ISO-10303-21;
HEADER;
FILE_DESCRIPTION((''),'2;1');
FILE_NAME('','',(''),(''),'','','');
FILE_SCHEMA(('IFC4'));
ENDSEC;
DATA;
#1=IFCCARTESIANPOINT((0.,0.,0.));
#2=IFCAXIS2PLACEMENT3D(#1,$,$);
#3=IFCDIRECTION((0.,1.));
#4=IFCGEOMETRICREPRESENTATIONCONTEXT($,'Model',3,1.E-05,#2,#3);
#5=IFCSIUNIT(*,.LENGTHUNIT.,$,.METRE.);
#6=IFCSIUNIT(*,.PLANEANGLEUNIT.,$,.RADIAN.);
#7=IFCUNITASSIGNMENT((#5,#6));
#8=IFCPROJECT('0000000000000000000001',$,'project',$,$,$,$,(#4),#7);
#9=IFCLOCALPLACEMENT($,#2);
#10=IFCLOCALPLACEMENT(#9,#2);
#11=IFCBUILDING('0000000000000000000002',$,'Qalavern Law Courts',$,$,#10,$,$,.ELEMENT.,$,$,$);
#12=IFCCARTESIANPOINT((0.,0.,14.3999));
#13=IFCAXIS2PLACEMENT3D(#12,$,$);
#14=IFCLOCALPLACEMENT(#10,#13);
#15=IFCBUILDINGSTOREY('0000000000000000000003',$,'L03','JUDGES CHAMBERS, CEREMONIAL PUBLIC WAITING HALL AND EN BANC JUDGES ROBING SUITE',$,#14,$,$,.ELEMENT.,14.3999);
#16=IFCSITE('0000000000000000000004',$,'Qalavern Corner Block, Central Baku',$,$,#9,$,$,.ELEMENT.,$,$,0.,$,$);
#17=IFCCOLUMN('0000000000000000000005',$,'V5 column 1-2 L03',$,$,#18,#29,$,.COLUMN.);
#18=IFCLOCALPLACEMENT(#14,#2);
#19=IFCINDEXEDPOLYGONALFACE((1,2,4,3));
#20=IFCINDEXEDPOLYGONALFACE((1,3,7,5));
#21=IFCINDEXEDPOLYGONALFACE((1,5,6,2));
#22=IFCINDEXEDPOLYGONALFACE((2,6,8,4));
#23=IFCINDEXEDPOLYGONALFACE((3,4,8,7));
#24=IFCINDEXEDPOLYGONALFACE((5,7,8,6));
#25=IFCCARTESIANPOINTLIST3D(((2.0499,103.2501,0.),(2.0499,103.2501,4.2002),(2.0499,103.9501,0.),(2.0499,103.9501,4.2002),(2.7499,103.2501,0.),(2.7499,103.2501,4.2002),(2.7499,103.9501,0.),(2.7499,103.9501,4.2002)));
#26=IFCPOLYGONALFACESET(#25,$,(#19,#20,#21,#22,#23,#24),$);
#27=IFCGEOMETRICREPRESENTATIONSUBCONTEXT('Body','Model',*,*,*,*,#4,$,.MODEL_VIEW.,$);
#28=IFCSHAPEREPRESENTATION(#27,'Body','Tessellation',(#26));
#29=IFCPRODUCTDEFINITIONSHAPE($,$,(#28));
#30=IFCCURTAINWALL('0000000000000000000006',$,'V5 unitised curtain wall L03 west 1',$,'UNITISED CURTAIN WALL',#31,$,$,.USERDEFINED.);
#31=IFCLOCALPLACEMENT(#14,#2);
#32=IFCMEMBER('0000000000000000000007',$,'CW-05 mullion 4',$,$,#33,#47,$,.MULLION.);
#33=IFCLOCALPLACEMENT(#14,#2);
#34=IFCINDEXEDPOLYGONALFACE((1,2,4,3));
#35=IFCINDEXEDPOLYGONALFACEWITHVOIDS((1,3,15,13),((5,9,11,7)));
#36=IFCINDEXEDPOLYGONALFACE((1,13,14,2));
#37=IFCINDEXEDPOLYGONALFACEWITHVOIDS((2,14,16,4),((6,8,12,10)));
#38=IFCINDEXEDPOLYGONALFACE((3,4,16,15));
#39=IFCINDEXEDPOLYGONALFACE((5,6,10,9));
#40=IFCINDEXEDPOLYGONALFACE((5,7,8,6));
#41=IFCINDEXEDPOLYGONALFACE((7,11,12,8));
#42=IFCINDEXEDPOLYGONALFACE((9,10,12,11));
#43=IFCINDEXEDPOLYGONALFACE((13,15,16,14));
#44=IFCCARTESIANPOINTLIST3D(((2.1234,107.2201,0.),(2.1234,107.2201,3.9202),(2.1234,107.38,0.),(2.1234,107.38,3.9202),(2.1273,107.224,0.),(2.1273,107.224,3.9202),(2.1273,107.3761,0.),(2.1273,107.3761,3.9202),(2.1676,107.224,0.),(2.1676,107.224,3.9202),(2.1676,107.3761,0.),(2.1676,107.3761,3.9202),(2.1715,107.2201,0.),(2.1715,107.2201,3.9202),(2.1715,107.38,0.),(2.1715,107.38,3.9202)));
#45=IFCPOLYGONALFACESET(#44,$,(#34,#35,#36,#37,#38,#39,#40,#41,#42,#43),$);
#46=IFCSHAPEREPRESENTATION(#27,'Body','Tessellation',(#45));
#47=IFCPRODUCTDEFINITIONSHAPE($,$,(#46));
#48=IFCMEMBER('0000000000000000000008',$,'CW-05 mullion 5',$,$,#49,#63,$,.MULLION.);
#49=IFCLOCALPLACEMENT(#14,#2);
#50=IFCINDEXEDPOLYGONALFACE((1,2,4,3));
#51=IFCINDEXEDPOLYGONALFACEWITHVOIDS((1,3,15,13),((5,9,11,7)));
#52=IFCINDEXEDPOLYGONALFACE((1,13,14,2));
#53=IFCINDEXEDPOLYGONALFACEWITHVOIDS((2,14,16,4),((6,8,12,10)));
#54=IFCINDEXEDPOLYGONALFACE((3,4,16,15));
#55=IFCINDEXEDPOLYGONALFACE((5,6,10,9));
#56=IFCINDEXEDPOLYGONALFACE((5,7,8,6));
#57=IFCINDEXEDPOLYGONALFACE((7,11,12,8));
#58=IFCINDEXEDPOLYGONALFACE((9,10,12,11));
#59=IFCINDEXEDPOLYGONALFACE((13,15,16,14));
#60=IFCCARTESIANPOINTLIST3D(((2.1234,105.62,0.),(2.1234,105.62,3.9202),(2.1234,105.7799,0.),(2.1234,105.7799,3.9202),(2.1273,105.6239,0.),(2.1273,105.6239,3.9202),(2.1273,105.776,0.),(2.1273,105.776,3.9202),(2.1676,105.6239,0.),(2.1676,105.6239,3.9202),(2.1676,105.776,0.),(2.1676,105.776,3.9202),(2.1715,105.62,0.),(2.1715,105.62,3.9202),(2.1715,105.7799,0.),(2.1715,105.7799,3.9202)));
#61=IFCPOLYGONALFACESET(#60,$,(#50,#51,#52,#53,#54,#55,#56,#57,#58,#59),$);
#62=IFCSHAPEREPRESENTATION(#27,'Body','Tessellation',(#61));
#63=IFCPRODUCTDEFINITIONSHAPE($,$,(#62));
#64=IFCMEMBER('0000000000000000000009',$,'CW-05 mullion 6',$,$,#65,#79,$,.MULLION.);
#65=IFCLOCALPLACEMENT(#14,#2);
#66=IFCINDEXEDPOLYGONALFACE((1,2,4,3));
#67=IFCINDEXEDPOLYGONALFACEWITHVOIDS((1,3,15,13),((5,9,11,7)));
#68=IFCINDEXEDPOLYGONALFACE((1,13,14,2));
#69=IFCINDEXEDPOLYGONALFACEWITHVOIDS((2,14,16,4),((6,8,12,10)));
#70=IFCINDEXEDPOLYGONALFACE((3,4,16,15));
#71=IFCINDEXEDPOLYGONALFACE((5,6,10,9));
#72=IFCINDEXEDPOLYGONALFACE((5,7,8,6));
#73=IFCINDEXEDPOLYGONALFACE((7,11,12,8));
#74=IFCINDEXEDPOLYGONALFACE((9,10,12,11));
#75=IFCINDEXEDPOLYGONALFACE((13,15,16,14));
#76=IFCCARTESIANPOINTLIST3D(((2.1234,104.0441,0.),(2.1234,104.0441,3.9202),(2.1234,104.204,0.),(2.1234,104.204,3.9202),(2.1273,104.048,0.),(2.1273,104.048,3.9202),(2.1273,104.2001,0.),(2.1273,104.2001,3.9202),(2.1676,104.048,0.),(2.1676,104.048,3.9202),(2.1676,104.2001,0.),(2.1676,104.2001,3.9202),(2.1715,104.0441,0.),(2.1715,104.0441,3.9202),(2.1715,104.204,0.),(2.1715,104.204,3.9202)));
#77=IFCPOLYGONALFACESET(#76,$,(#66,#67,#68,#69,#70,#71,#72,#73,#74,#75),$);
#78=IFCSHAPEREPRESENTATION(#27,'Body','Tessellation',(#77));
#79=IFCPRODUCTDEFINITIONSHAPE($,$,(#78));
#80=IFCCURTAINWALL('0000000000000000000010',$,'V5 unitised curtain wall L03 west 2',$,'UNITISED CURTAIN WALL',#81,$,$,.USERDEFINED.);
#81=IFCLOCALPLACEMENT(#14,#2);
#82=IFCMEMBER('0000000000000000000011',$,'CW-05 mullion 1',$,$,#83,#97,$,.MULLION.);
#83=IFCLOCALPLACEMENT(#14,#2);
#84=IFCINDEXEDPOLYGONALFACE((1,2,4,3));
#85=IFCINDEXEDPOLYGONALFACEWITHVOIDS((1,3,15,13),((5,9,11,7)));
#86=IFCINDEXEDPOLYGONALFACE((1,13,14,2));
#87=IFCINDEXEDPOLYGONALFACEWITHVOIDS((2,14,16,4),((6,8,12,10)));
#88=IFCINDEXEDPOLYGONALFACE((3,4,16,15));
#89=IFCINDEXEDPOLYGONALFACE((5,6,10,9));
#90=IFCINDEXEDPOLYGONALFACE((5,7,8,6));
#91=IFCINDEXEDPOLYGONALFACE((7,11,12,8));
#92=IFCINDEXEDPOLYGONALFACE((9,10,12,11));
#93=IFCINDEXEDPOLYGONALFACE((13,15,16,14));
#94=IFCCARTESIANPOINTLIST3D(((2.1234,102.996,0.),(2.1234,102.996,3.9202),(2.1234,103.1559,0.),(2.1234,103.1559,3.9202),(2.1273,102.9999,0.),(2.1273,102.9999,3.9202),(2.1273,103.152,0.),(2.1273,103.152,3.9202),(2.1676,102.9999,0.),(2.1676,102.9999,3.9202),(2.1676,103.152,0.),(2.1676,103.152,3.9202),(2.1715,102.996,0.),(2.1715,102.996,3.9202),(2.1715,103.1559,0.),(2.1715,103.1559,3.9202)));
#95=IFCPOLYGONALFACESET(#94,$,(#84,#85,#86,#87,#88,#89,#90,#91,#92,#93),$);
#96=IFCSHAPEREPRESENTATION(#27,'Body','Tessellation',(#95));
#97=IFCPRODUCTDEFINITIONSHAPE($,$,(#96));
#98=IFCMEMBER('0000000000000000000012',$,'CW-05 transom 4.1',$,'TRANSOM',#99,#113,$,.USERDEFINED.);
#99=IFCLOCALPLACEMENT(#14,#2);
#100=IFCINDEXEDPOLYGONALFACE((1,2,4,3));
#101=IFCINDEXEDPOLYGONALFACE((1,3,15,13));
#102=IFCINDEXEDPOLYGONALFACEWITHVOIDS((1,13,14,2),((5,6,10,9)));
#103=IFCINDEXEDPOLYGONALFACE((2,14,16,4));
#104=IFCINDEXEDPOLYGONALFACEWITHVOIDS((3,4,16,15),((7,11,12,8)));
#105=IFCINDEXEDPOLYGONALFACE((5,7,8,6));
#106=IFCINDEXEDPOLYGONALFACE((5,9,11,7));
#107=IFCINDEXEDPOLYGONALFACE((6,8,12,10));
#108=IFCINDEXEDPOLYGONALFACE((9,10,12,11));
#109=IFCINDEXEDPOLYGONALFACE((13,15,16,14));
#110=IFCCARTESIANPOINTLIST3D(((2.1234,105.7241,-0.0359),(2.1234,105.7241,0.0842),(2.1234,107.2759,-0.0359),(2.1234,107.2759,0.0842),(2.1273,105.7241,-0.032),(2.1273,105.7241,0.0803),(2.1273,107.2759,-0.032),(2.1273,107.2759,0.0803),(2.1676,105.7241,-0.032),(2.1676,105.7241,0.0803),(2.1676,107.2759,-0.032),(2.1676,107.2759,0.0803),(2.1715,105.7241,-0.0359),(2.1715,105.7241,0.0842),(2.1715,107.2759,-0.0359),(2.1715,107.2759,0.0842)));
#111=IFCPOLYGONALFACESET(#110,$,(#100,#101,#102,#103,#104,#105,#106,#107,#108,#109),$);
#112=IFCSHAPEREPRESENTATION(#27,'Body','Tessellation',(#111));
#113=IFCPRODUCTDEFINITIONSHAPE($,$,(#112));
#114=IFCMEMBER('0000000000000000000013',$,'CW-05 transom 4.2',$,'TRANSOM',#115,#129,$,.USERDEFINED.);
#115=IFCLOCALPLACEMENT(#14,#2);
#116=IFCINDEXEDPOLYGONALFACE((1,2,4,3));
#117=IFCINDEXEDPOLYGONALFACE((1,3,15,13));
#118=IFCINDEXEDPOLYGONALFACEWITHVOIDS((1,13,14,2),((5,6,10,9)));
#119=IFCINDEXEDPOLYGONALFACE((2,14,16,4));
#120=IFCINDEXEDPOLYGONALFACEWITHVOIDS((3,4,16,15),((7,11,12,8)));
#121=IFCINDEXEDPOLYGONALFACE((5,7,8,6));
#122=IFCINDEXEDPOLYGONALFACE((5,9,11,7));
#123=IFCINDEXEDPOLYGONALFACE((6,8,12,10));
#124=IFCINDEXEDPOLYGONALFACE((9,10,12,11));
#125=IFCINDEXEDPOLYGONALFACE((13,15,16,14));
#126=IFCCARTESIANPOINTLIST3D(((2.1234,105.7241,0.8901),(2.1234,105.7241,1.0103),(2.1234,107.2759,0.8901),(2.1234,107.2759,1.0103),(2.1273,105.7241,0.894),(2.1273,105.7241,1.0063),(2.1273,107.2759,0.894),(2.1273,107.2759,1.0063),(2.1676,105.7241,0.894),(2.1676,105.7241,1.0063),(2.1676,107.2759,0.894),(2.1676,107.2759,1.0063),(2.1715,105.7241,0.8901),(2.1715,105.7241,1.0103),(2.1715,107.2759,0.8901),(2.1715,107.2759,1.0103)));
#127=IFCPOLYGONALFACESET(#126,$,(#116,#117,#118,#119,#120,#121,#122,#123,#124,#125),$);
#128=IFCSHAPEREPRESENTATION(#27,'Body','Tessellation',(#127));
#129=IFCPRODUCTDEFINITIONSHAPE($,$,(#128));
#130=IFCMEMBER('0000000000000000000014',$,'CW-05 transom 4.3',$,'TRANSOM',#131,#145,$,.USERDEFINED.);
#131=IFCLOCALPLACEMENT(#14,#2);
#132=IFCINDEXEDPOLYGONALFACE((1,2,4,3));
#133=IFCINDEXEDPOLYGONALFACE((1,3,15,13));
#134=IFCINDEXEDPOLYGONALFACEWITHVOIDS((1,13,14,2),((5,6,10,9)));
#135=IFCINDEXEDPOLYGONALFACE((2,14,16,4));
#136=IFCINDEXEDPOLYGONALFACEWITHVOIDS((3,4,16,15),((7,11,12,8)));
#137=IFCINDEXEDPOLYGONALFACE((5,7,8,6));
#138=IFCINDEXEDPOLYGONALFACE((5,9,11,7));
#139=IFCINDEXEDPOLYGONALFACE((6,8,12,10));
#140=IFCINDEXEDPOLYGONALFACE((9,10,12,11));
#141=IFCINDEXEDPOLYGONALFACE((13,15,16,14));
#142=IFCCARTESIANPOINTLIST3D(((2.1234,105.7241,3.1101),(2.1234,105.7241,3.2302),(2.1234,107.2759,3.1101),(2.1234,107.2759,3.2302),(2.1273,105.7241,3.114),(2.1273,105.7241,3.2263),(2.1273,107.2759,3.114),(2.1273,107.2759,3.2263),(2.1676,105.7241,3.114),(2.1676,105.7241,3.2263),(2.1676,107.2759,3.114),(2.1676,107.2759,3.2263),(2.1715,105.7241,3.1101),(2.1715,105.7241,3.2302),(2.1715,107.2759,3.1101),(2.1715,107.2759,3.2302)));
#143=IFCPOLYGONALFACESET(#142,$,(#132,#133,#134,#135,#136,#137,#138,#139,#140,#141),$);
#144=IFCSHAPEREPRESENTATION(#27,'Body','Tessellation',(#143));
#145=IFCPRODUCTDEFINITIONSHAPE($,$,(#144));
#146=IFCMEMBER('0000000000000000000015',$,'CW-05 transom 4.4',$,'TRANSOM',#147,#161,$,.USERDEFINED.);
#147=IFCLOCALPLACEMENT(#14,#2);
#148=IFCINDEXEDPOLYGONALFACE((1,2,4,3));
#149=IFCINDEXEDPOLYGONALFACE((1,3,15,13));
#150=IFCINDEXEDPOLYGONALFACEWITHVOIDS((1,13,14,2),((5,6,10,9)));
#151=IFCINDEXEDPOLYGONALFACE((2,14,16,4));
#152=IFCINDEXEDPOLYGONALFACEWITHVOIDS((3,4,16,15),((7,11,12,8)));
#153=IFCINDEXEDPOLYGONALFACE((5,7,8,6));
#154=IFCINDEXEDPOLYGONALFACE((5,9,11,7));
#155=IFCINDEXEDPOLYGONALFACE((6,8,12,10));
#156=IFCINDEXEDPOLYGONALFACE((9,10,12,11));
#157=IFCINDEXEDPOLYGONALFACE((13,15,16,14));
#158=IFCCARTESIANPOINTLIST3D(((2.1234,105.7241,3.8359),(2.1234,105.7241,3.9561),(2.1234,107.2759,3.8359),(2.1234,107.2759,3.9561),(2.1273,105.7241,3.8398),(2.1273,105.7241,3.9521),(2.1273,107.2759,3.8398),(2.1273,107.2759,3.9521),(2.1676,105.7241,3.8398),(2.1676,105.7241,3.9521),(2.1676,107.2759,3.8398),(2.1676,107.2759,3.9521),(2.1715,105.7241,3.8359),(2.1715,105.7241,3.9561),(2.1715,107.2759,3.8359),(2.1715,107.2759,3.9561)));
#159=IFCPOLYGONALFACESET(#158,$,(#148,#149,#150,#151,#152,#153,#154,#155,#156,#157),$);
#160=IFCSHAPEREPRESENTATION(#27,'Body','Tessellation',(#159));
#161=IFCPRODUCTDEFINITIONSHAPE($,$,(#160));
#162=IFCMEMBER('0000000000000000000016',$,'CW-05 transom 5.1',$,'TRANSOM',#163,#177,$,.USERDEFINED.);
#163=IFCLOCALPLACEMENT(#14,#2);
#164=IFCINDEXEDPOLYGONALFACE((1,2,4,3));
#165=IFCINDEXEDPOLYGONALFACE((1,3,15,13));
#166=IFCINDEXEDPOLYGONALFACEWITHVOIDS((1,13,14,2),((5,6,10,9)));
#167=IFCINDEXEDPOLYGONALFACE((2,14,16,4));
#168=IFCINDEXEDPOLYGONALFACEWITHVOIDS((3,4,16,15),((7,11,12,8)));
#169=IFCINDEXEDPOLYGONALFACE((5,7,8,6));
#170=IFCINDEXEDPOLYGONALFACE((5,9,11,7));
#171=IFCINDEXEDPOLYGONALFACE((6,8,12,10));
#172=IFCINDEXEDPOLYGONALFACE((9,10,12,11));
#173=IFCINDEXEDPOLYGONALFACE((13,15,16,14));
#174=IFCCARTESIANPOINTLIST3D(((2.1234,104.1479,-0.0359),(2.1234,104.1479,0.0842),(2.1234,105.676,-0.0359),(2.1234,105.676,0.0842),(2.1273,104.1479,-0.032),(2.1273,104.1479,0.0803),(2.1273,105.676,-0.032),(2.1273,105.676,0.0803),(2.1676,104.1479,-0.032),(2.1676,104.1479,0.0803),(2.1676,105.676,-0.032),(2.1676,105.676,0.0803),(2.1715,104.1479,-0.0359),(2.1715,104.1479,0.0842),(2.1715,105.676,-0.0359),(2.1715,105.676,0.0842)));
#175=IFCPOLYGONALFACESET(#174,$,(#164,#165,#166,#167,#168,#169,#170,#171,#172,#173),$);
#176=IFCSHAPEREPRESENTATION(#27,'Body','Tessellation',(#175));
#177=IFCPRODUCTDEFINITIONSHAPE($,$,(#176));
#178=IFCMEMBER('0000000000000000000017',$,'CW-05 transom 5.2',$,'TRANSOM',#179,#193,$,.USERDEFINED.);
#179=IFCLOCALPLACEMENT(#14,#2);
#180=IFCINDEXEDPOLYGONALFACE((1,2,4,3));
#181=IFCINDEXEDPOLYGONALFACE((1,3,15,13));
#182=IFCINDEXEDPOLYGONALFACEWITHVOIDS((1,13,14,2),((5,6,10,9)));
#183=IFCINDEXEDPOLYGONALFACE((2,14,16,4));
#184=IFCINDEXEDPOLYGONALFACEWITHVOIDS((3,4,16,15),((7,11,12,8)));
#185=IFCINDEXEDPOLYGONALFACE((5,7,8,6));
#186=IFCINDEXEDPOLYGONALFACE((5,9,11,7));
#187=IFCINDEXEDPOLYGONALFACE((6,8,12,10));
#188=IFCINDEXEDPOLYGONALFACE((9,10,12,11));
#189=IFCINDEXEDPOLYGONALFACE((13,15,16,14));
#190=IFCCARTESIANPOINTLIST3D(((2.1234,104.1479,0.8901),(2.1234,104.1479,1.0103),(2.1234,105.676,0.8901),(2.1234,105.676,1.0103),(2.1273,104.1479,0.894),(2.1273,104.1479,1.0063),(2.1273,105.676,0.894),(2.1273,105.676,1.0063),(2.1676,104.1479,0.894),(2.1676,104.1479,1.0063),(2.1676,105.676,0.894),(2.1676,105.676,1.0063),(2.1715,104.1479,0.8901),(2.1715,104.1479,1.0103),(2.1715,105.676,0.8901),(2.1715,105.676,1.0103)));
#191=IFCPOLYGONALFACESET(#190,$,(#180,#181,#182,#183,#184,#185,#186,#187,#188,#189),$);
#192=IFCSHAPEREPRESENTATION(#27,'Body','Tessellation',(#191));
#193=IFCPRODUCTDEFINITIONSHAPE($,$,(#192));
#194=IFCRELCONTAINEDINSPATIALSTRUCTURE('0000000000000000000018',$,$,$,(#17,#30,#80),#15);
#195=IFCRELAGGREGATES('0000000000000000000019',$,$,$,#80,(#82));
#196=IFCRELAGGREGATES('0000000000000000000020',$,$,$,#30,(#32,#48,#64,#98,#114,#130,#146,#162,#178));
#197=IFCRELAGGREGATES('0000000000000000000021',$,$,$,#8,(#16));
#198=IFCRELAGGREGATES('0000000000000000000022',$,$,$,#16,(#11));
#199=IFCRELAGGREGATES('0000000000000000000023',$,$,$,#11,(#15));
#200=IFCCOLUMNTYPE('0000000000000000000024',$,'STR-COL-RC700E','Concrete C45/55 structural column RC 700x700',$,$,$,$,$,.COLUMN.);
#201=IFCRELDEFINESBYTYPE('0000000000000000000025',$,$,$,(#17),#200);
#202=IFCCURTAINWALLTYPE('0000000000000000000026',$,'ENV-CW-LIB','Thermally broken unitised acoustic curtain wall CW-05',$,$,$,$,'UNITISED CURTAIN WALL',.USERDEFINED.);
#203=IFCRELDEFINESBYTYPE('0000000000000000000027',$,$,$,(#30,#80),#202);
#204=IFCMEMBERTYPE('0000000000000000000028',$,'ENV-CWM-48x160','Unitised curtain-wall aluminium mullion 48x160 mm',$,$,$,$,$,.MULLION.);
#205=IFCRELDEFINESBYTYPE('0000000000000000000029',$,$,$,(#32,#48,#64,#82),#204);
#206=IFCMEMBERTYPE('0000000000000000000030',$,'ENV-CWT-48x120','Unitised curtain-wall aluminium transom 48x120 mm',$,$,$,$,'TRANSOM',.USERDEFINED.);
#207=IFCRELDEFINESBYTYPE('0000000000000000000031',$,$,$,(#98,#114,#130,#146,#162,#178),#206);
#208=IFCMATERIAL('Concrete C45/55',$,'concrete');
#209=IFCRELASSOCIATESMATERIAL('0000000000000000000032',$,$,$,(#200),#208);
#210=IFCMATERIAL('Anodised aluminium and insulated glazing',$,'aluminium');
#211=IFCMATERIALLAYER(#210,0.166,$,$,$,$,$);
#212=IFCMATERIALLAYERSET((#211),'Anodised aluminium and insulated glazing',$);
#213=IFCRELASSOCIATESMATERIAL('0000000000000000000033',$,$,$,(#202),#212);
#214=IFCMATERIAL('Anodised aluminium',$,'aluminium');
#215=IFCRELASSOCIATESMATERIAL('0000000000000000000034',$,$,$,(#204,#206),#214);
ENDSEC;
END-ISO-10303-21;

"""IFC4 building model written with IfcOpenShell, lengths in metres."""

from ifc_helpers import new_model, si_unit, direction, frame, origin, origin_2d, place, context, subcontext, project, spatial, rectangle, hollow_rectangle, extrude, material, layer, layer_set, material_profile, profile_set, type_object, element, aggregate, save


model = new_model("IFC4")

# Units and contexts
model_context = context("Model", 3, precision=1e-05, world=origin(), true_north=direction((0.0, 1.0)))
body_context = subcontext(model_context, "Body", "Model", "MODEL_VIEW")
ifc_project = project(units=[si_unit("LENGTHUNIT", "METRE"), si_unit("PLANEANGLEUNIT", "RADIAN")], contexts=[model_context])

# Site, building, storey
site_placement = place(None, origin())
site = spatial("IfcSite", under=ifc_project, at=site_placement, Name="Qalavern Corner Block, Central Baku", CompositionType="ELEMENT", RefElevation=0.0)
building_placement = place(site_placement, origin())
building = spatial("IfcBuilding", under=site, at=building_placement, Name="Qalavern Law Courts", CompositionType="ELEMENT")
storey_placement = place(building_placement, frame((0.0, 0.0, 14.3999)))
storey = spatial("IfcBuildingStorey", under=building, at=storey_placement, Name="L03", Description="JUDGES CHAMBERS, CEREMONIAL PUBLIC WAITING HALL AND EN BANC JUDGES ROBING SUITE", CompositionType="ELEMENT", Elevation=14.3999)

# Column
ifc_material_1 = material(Name="Concrete C45/55", Category="concrete")
ifc_material_profile_1 = material_profile(ifc_material_1, rectangle(XDim=0.7, YDim=0.7, at=origin_2d()), Name="RC 700x700")
ifc_profile_set_1 = profile_set([ifc_material_profile_1], Name="Concrete C45/55")
column_type = type_object("IfcColumnType", Name="STR-COL-RC700E", Description="Concrete C45/55 structural column RC 700x700", PredefinedType="COLUMN", material=ifc_profile_set_1)
column_placement = place(storey_placement, frame((2.3999, 103.6001, 0.0), z_axis=(0.0, 0.0, 1.0), x_axis=(1.0, 0.0, 0.0)))
element("IfcColumn", 1, at=column_placement, inside=storey, type_object=column_type, Name="V5 column 1-2 L03", PredefinedType="COLUMN", context=body_context, shape_type="SweptSolid", body=[
    extrude(rectangle(XDim=0.7, YDim=0.7, at=origin_2d()), origin(), (0.0, 0.0, 1.0), 4.2002),
])

# Curtain wall, members
ifc_material_2 = material(Name="Anodised aluminium and insulated glazing", Category="aluminium")
ifc_layer_1 = layer(ifc_material_2, 0.166)
ifc_layer_set_1 = layer_set([ifc_layer_1], Name="Anodised aluminium and insulated glazing")
curtain_wall_type = type_object("IfcCurtainWallType", Name="ENV-CW-LIB", Description="Thermally broken unitised acoustic curtain wall CW-05", ElementType="UNITISED CURTAIN WALL", PredefinedType="USERDEFINED", material=ifc_layer_set_1)
curtain_wall_1_placement = place(storey_placement, origin())
curtain_wall_1 = element("IfcCurtainWall", 2, at=curtain_wall_1_placement, inside=storey, type_object=curtain_wall_type, Name="V5 unitised curtain wall L03 west 1", ObjectType="UNITISED CURTAIN WALL", PredefinedType="USERDEFINED")
ifc_material_3 = material(Name="Anodised aluminium", Category="aluminium")
ifc_material_profile_2 = material_profile(ifc_material_3, hollow_rectangle(XDim=0.0481, YDim=0.1599, WallThickness=0.0039, at=origin_2d()), Name="ALU MULLION 48x160")
ifc_profile_set_2 = profile_set([ifc_material_profile_2], Name="Anodised aluminium")
member_type_1 = type_object("IfcMemberType", Name="ENV-CWM-48x160", Description="Unitised curtain-wall aluminium mullion 48x160 mm", PredefinedType="MULLION", material=ifc_profile_set_2)
member_1_placement = place(storey_placement, frame((2.1475, 107.3, 0.0), z_axis=(0.0, 0.0, 1.0), x_axis=(1.0, 0.0, 0.0)))
member_1 = element("IfcMember", 3, at=member_1_placement, type_object=member_type_1, Name="CW-05 mullion 4", PredefinedType="MULLION", context=body_context, shape_type="SweptSolid", body=[
    extrude(hollow_rectangle(XDim=0.0481, YDim=0.1599, WallThickness=0.0039, at=origin_2d()), origin(), (0.0, 0.0, 1.0), 3.9202),
])
member_2_placement = place(storey_placement, frame((2.1475, 105.7, 0.0), z_axis=(0.0, 0.0, 1.0), x_axis=(1.0, 0.0, 0.0)))
member_2 = element("IfcMember", 4, at=member_2_placement, type_object=member_type_1, Name="CW-05 mullion 5", PredefinedType="MULLION", context=body_context, shape_type="SweptSolid", body=[
    extrude(hollow_rectangle(XDim=0.0481, YDim=0.1599, WallThickness=0.0039, at=origin_2d()), origin(), (0.0, 0.0, 1.0), 3.9202),
])
member_3_placement = place(storey_placement, frame((2.1475, 104.124, 0.0), z_axis=(0.0, 0.0, 1.0), x_axis=(1.0, 0.0, 0.0)))
member_3 = element("IfcMember", 5, at=member_3_placement, type_object=member_type_1, Name="CW-05 mullion 6", PredefinedType="MULLION", context=body_context, shape_type="SweptSolid", body=[
    extrude(hollow_rectangle(XDim=0.0481, YDim=0.1599, WallThickness=0.0039, at=origin_2d()), origin(), (0.0, 0.0, 1.0), 3.9202),
])

# Curtain wall, member
curtain_wall_2_placement = place(storey_placement, origin())
curtain_wall_2 = element("IfcCurtainWall", 6, at=curtain_wall_2_placement, inside=storey, type_object=curtain_wall_type, Name="V5 unitised curtain wall L03 west 2", ObjectType="UNITISED CURTAIN WALL", PredefinedType="USERDEFINED")
member_4_placement = place(storey_placement, frame((2.1475, 103.0759, 0.0), z_axis=(0.0, 0.0, 1.0), x_axis=(1.0, 0.0, 0.0)))
member_4 = element("IfcMember", 7, at=member_4_placement, type_object=member_type_1, Name="CW-05 mullion 1", PredefinedType="MULLION", context=body_context, shape_type="SweptSolid", body=[
    extrude(hollow_rectangle(XDim=0.0481, YDim=0.1599, WallThickness=0.0039, at=origin_2d()), origin(), (0.0, 0.0, 1.0), 3.9202),
])

# Members
ifc_material_profile_3 = material_profile(ifc_material_3, hollow_rectangle(XDim=0.0481, YDim=0.1201, WallThickness=0.0039, at=origin_2d()), Name="ALU TRANSOM 48x120")
ifc_profile_set_3 = profile_set([ifc_material_profile_3], Name="Anodised aluminium")
member_type_2 = type_object("IfcMemberType", Name="ENV-CWT-48x120", Description="Unitised curtain-wall aluminium transom 48x120 mm", ElementType="TRANSOM", PredefinedType="USERDEFINED", material=ifc_profile_set_3)
member_5_placement = place(storey_placement, frame((2.1475, 107.2759, 0.0242), z_axis=(0.0, -1.0, 0.0), x_axis=(1.0, 0.0, 0.0)))
member_5 = element("IfcMember", 8, at=member_5_placement, type_object=member_type_2, Name="CW-05 transom 4.1", ObjectType="TRANSOM", PredefinedType="USERDEFINED", context=body_context, shape_type="SweptSolid", body=[
    extrude(hollow_rectangle(XDim=0.0481, YDim=0.1201, WallThickness=0.0039, at=origin_2d()), origin(), (0.0, 0.0, 1.0), 1.5518),
])
member_6_placement = place(storey_placement, frame((2.1475, 107.2759, 0.9502), z_axis=(0.0, -1.0, 0.0), x_axis=(1.0, 0.0, 0.0)))
member_6 = element("IfcMember", 9, at=member_6_placement, type_object=member_type_2, Name="CW-05 transom 4.2", ObjectType="TRANSOM", PredefinedType="USERDEFINED", context=body_context, shape_type="SweptSolid", body=[
    extrude(hollow_rectangle(XDim=0.0481, YDim=0.1201, WallThickness=0.0039, at=origin_2d()), origin(), (0.0, 0.0, 1.0), 1.5518),
])
member_7_placement = place(storey_placement, frame((2.1475, 107.2759, 3.1702), z_axis=(0.0, -1.0, 0.0), x_axis=(1.0, 0.0, 0.0)))
member_7 = element("IfcMember", 10, at=member_7_placement, type_object=member_type_2, Name="CW-05 transom 4.3", ObjectType="TRANSOM", PredefinedType="USERDEFINED", context=body_context, shape_type="SweptSolid", body=[
    extrude(hollow_rectangle(XDim=0.0481, YDim=0.1201, WallThickness=0.0039, at=origin_2d()), origin(), (0.0, 0.0, 1.0), 1.5518),
])
member_8_placement = place(storey_placement, frame((2.1475, 107.2759, 3.896), z_axis=(0.0, -1.0, 0.0), x_axis=(1.0, 0.0, 0.0)))
member_8 = element("IfcMember", 11, at=member_8_placement, type_object=member_type_2, Name="CW-05 transom 4.4", ObjectType="TRANSOM", PredefinedType="USERDEFINED", context=body_context, shape_type="SweptSolid", body=[
    extrude(hollow_rectangle(XDim=0.0481, YDim=0.1201, WallThickness=0.0039, at=origin_2d()), origin(), (0.0, 0.0, 1.0), 1.5518),
])
member_9_placement = place(storey_placement, frame((2.1475, 105.676, 0.0242), z_axis=(0.0, -1.0, 0.0), x_axis=(1.0, 0.0, 0.0)))
member_9 = element("IfcMember", 12, at=member_9_placement, type_object=member_type_2, Name="CW-05 transom 5.1", ObjectType="TRANSOM", PredefinedType="USERDEFINED", context=body_context, shape_type="SweptSolid", body=[
    extrude(hollow_rectangle(XDim=0.0481, YDim=0.1201, WallThickness=0.0039, at=origin_2d()), origin(), (0.0, 0.0, 1.0), 1.5281),
])
member_10_placement = place(storey_placement, frame((2.1475, 105.676, 0.9502), z_axis=(0.0, -1.0, 0.0), x_axis=(1.0, 0.0, 0.0)))
member_10 = element("IfcMember", 13, at=member_10_placement, type_object=member_type_2, Name="CW-05 transom 5.2", ObjectType="TRANSOM", PredefinedType="USERDEFINED", context=body_context, shape_type="SweptSolid", body=[
    extrude(hollow_rectangle(XDim=0.0481, YDim=0.1201, WallThickness=0.0039, at=origin_2d()), origin(), (0.0, 0.0, 1.0), 1.5281),
])

aggregate(curtain_wall_2, [member_4])
aggregate(curtain_wall_1, [member_1, member_2, member_3, member_5, member_6, member_7, member_8, member_9, member_10])

save(model, "model.ifc")
